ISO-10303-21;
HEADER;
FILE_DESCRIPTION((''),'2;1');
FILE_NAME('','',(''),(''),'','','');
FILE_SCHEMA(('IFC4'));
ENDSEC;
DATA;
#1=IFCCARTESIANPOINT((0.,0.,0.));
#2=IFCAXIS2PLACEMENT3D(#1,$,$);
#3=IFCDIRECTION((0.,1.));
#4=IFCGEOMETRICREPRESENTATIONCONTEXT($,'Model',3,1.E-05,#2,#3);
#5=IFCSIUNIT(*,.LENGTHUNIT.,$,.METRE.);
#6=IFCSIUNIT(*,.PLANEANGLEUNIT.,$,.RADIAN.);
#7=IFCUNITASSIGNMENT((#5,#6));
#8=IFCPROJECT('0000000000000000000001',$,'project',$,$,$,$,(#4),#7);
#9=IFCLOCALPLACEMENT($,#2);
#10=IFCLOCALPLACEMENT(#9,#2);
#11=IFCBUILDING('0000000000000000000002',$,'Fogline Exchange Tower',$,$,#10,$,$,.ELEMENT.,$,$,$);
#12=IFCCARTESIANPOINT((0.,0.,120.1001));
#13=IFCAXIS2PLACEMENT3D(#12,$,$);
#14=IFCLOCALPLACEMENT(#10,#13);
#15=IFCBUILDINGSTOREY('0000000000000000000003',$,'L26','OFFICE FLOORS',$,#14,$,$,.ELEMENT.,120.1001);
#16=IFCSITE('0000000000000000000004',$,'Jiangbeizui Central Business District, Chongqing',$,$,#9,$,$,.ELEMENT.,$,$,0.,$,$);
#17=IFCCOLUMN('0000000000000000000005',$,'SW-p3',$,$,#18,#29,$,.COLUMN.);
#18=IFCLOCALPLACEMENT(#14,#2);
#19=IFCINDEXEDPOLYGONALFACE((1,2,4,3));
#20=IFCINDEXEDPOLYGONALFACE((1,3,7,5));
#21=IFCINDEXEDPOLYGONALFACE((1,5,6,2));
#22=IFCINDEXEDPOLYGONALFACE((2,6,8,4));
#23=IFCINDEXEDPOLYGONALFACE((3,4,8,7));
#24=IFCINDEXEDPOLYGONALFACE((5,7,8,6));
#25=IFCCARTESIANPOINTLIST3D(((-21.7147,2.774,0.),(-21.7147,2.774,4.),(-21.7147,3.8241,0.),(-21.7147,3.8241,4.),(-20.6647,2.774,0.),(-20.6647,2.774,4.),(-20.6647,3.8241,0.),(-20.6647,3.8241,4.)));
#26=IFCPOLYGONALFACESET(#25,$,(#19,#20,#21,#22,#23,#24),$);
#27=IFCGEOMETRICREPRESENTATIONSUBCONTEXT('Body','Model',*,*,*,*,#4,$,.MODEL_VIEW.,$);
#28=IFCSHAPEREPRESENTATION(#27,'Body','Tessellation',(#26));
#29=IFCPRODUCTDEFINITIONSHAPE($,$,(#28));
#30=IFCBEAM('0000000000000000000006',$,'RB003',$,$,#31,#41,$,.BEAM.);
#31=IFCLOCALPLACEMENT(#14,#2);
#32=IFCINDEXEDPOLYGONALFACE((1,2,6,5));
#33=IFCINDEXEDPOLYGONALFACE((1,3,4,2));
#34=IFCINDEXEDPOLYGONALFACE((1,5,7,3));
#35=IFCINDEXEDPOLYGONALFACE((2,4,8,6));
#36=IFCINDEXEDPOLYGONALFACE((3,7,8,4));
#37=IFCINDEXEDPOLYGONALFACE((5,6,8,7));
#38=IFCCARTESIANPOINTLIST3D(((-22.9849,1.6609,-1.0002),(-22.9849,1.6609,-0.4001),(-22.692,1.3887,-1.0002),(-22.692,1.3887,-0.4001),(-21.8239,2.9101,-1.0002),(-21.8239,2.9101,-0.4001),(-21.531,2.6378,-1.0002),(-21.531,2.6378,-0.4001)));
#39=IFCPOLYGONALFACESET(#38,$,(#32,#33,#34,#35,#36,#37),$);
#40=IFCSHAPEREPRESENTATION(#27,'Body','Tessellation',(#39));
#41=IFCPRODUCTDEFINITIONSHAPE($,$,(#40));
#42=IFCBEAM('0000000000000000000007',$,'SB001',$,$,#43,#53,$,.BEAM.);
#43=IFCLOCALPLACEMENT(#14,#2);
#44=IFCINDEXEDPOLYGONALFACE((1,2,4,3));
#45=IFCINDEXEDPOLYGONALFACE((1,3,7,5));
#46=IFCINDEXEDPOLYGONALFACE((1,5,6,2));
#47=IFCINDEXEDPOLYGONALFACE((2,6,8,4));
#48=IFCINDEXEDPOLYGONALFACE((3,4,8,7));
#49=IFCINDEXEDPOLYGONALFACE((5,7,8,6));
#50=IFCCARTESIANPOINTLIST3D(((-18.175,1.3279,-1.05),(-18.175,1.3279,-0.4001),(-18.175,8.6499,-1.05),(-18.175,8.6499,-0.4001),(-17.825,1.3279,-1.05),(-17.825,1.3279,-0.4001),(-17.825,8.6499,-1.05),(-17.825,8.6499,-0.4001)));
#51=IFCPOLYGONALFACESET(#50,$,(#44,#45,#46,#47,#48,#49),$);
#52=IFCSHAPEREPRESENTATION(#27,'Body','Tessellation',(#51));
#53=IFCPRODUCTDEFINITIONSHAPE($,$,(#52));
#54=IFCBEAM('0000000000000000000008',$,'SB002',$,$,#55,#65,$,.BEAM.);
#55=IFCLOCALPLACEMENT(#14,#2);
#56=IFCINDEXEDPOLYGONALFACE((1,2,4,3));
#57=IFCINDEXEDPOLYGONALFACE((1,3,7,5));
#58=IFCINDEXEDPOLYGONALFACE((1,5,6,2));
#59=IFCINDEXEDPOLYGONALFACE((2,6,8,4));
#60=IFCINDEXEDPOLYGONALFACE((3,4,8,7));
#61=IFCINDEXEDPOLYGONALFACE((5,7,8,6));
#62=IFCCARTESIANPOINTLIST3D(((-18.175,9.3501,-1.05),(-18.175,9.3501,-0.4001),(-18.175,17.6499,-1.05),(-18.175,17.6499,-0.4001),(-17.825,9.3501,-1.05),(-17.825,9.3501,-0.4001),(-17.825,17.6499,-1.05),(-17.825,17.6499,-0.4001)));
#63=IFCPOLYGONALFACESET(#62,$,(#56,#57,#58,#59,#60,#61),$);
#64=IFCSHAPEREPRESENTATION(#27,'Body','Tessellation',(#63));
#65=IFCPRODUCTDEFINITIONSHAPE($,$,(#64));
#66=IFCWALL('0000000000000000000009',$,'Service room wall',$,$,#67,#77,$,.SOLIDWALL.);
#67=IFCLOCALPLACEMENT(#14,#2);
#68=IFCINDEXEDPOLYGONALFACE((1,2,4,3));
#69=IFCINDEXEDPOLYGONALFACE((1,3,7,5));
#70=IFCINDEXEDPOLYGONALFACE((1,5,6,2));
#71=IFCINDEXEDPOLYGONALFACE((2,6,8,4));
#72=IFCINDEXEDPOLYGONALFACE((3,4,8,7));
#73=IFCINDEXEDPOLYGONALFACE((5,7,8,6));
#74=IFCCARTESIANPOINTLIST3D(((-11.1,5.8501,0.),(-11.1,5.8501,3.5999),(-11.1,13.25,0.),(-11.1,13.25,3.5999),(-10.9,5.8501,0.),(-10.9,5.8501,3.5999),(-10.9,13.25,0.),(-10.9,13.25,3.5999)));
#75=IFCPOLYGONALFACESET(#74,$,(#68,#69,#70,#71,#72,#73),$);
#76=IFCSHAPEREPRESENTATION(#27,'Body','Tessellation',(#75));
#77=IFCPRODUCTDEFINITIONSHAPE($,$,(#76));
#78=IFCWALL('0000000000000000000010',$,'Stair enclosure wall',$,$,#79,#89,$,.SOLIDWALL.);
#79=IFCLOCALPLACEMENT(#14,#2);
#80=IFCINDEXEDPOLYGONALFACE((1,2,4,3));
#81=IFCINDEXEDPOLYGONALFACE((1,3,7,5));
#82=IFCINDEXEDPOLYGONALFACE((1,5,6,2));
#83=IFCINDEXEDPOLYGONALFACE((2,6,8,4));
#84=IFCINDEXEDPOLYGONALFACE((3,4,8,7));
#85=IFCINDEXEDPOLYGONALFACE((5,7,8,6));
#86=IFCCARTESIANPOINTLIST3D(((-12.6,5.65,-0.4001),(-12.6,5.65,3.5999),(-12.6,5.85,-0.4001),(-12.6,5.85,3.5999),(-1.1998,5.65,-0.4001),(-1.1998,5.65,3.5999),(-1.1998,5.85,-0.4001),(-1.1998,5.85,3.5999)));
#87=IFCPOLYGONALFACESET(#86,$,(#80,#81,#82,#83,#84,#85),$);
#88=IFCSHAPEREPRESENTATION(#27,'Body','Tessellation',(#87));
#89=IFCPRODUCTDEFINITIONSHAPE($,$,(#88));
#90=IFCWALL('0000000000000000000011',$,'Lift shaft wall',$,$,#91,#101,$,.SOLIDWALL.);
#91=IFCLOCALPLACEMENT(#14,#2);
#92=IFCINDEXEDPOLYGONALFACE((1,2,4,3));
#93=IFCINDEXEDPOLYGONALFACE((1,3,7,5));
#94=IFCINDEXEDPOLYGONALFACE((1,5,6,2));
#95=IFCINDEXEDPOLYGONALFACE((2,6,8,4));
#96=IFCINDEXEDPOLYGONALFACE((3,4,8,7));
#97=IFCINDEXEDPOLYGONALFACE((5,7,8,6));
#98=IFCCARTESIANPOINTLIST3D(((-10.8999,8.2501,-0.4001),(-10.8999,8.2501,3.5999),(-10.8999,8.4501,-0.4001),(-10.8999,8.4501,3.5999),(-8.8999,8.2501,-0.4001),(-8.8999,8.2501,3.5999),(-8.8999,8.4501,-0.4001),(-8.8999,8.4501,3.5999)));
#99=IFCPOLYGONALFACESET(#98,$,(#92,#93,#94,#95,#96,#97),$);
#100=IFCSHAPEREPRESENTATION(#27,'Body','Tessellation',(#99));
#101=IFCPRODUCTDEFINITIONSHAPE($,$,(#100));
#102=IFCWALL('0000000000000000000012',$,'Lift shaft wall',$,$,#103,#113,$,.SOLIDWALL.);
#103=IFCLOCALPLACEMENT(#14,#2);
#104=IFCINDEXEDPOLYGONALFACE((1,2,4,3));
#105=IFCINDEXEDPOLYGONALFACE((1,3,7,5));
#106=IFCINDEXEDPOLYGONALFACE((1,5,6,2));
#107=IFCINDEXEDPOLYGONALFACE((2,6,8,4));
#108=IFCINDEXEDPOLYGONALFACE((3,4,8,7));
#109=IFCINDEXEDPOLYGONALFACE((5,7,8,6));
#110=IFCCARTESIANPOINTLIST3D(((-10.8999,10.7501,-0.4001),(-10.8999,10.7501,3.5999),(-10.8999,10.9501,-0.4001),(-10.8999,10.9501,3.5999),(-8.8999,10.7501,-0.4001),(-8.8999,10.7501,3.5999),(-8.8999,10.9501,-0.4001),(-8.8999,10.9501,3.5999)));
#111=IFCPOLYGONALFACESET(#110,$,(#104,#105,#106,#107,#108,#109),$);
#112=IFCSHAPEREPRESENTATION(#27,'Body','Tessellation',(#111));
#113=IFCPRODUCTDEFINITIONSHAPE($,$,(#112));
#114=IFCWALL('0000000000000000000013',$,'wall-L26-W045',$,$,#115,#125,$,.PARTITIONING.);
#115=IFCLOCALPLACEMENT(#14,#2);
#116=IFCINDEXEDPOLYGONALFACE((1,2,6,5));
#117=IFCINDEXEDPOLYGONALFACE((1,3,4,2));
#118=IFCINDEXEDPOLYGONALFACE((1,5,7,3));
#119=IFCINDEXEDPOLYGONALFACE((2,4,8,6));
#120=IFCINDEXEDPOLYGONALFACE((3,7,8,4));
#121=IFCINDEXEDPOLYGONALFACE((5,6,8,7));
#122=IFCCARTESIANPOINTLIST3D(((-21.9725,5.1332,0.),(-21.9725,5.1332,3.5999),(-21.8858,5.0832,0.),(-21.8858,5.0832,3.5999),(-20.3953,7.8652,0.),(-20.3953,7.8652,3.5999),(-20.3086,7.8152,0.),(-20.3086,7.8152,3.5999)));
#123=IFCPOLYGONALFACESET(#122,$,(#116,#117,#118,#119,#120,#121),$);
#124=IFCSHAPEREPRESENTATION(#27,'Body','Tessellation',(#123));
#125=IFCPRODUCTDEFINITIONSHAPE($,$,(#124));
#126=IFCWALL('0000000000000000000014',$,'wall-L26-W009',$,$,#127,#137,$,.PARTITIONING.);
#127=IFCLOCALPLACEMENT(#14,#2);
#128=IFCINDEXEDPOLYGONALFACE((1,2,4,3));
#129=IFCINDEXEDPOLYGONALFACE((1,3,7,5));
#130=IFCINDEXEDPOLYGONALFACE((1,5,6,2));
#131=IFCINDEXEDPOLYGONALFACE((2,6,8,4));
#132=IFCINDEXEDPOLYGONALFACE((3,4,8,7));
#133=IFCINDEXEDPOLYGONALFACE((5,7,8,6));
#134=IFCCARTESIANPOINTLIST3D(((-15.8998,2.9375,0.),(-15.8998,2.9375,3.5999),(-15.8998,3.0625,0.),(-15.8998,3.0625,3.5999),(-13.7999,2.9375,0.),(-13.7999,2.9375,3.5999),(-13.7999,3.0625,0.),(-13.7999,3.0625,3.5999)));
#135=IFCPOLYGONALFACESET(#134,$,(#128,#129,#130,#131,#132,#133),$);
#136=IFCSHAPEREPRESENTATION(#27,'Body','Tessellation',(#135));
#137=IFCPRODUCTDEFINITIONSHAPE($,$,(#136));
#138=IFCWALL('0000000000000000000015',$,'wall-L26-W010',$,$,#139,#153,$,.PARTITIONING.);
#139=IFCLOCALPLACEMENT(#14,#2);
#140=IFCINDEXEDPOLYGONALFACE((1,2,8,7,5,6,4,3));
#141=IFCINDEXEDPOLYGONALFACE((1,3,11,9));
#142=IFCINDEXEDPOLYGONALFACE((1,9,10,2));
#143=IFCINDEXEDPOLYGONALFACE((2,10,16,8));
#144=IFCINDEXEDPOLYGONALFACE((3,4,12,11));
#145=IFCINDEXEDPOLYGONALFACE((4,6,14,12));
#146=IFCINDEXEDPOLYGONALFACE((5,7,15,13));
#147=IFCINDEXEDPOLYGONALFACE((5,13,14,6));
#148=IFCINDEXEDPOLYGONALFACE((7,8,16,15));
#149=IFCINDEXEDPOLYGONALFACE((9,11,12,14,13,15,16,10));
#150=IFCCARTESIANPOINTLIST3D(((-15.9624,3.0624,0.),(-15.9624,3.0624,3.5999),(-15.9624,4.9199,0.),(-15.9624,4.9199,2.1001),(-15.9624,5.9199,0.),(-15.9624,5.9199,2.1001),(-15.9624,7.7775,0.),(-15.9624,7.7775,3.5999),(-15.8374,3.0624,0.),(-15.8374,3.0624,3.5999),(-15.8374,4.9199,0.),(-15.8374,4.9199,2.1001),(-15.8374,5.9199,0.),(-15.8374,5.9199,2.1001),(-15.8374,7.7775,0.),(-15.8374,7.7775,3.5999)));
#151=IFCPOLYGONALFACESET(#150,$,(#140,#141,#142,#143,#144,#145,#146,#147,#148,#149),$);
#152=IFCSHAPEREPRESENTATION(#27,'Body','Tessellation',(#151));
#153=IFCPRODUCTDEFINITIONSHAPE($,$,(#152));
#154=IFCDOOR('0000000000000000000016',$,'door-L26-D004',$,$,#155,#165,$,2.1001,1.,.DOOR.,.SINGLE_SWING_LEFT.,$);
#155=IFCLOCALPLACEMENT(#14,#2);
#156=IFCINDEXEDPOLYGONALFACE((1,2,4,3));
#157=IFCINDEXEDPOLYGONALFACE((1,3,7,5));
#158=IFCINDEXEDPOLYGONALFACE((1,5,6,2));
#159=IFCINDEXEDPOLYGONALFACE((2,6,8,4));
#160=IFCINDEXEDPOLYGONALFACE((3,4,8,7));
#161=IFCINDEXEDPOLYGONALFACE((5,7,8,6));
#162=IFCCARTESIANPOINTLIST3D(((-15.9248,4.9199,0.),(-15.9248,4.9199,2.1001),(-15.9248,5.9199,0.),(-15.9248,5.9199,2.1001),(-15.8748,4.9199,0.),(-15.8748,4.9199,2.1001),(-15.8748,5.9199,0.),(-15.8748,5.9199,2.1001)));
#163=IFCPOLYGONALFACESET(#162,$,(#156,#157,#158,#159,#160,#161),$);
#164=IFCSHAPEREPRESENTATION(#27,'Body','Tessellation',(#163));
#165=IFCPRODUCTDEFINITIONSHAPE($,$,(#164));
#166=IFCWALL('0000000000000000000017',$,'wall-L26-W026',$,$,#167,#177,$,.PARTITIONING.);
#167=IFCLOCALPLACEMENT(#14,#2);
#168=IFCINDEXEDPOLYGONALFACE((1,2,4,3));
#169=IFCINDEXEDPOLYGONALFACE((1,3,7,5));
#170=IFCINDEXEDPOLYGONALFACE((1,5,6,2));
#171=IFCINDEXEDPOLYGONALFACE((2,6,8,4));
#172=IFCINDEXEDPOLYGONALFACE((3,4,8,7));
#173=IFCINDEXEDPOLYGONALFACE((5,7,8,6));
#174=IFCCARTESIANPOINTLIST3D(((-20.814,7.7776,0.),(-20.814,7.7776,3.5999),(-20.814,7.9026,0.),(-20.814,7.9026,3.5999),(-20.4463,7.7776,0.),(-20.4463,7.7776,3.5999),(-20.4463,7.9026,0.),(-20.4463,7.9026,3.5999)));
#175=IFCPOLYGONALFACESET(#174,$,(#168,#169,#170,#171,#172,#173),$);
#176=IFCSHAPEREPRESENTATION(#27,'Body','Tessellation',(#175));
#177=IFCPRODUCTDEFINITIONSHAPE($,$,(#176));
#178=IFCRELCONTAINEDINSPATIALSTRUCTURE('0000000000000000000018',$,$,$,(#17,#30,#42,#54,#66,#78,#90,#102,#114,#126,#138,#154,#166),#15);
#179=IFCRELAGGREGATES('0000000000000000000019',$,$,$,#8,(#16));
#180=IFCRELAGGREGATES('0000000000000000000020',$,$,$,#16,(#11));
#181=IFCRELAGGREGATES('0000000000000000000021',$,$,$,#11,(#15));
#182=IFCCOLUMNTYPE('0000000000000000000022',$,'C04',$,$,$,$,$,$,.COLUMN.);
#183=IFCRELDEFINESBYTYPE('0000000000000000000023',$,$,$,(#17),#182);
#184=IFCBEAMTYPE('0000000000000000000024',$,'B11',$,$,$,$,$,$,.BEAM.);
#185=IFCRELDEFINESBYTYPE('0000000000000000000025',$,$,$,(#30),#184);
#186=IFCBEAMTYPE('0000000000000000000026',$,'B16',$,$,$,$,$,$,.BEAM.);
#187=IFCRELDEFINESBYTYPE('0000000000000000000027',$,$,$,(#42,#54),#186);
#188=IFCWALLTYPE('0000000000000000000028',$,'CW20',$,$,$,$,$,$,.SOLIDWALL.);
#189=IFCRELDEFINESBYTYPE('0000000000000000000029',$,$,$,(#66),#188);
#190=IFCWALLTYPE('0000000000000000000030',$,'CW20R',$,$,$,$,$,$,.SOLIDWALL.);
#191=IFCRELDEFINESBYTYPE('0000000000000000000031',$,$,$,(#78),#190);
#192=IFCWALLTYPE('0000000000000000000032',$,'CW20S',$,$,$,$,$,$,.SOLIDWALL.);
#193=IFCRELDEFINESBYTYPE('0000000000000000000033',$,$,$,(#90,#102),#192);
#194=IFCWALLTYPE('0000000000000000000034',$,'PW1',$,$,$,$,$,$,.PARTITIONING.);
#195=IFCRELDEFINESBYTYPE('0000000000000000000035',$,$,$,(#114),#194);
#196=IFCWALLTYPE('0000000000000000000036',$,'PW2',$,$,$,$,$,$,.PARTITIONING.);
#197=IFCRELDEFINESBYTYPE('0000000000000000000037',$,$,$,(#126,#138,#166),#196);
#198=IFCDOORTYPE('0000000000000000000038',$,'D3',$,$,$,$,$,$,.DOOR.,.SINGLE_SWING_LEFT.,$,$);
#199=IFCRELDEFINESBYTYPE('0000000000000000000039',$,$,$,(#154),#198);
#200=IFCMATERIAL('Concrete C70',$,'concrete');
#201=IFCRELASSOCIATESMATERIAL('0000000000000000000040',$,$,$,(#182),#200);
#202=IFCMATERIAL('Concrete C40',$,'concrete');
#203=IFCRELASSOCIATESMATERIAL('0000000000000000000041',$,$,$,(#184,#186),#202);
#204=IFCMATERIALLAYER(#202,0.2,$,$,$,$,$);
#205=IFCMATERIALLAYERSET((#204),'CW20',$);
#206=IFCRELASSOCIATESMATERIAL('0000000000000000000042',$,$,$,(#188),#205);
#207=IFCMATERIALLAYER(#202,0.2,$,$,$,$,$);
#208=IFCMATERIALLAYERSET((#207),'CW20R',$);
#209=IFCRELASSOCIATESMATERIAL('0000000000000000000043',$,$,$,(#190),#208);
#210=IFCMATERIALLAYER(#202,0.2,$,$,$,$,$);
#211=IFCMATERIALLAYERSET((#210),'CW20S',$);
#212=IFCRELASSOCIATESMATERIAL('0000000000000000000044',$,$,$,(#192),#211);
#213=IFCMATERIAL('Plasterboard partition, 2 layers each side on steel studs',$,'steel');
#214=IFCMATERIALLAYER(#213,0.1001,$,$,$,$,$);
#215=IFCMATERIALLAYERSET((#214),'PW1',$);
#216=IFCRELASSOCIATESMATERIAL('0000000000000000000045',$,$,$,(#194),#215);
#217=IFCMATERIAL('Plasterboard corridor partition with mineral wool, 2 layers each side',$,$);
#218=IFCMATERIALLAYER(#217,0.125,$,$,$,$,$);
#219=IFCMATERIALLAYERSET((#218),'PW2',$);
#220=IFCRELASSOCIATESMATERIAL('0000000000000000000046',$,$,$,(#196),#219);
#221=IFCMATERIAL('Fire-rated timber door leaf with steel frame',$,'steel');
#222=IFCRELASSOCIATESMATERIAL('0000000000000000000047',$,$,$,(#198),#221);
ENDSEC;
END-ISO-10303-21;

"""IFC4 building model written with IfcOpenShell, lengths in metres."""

from ifc_helpers import new_model, si_unit, direction, frame, frame_2d, origin, origin_2d, place, context, subcontext, project, spatial, rectangle, extrude, material, layer, layer_set, material_profile, profile_set, type_object, element, fill, save


model = new_model("IFC4")

# Units and contexts
model_context = context("Model", 3, precision=1e-05, world=origin(), true_north=direction((0.0, 1.0)))
body_context = subcontext(model_context, "Body", "Model", "MODEL_VIEW")
ifc_project = project(units=[si_unit("LENGTHUNIT", "METRE"), si_unit("PLANEANGLEUNIT", "RADIAN")], contexts=[model_context])

# Site, building, storey
site_placement = place(None, origin())
site = spatial("IfcSite", under=ifc_project, at=site_placement, Name="Jiangbeizui Central Business District, Chongqing", CompositionType="ELEMENT", RefElevation=0.0)
building_placement = place(site_placement, origin())
building = spatial("IfcBuilding", under=site, at=building_placement, Name="Fogline Exchange Tower", CompositionType="ELEMENT")
storey_placement = place(building_placement, frame((0.0, 0.0, 120.1001)))
storey = spatial("IfcBuildingStorey", under=building, at=storey_placement, Name="L26", Description="OFFICE FLOORS", CompositionType="ELEMENT", Elevation=120.1001)

# Column
ifc_material_1 = material(Name="Concrete C70", Category="concrete")
ifc_material_profile_1 = material_profile(ifc_material_1, rectangle(XDim=1.05, YDim=1.05, at=origin_2d()), Name="RC 1050x1050")
ifc_profile_set_1 = profile_set([ifc_material_profile_1], Name="Concrete C70")
column_type = type_object("IfcColumnType", Name="C04", PredefinedType="COLUMN", material=ifc_profile_set_1)
column_placement = place(storey_placement, frame((-21.1897, 3.2991, 0.0), z_axis=(0.0, 0.0, 1.0), x_axis=(1.0, 0.0, 0.0)))
element("IfcColumn", 1, at=column_placement, inside=storey, type_object=column_type, Name="SW-p3", PredefinedType="COLUMN", context=body_context, shape_type="SweptSolid", body=[
    extrude(rectangle(XDim=1.05, YDim=1.05, at=origin_2d()), origin(), (0.0, 0.0, 1.0), 4.0),
])

# Beams
ifc_material_2 = material(Name="Concrete C40", Category="concrete")
ifc_material_profile_2 = material_profile(ifc_material_2, rectangle(XDim=0.3999, YDim=0.6001, at=origin_2d()), Name="RC 400x600")
ifc_profile_set_2 = profile_set([ifc_material_profile_2], Name="Concrete C40")
beam_type_1 = type_object("IfcBeamType", Name="B11", PredefinedType="BEAM", material=ifc_profile_set_2)
beam_1_placement = place(storey_placement, frame((-21.6775, 2.7739, -0.7002), z_axis=(-0.680792, -0.732477, 0.0), x_axis=(0.732477, -0.680792, 0.0)))
element("IfcBeam", 2, at=beam_1_placement, inside=storey, type_object=beam_type_1, Name="RB003", PredefinedType="BEAM", context=body_context, shape_type="SweptSolid", body=[
    extrude(rectangle(XDim=0.3999, YDim=0.6001, at=origin_2d()), origin(), (0.0, 0.0, 1.0), 1.7053),
])
ifc_material_profile_3 = material_profile(ifc_material_2, rectangle(XDim=0.3501, YDim=0.6499, at=origin_2d()), Name="RC 350x650")
ifc_profile_set_3 = profile_set([ifc_material_profile_3], Name="Concrete C40")
beam_type_2 = type_object("IfcBeamType", Name="B16", PredefinedType="BEAM", material=ifc_profile_set_3)
beam_2_placement = place(storey_placement, frame((-18.0, 1.3279, -0.7251), z_axis=(0.0, 1.0, 0.0), x_axis=(-1.0, 0.0, 0.0)))
element("IfcBeam", 3, at=beam_2_placement, inside=storey, type_object=beam_type_2, Name="SB001", PredefinedType="BEAM", context=body_context, shape_type="SweptSolid", body=[
    extrude(rectangle(XDim=0.3501, YDim=0.6499, at=origin_2d()), origin(), (0.0, 0.0, 1.0), 7.322),
])
beam_3_placement = place(storey_placement, frame((-18.0, 9.3501, -0.7251), z_axis=(0.0, 1.0, 0.0), x_axis=(-1.0, 0.0, 0.0)))
element("IfcBeam", 4, at=beam_3_placement, inside=storey, type_object=beam_type_2, Name="SB002", PredefinedType="BEAM", context=body_context, shape_type="SweptSolid", body=[
    extrude(rectangle(XDim=0.3501, YDim=0.6499, at=origin_2d()), origin(), (0.0, 0.0, 1.0), 8.2998),
])

# Walls
ifc_layer_1 = layer(ifc_material_2, 0.2)
ifc_layer_set_1 = layer_set([ifc_layer_1], Name="CW20")
wall_type_1 = type_object("IfcWallType", Name="CW20", PredefinedType="SOLIDWALL", material=ifc_layer_set_1)
wall_1_placement = place(storey_placement, frame((-11.0, 5.8501, 0.0), z_axis=(0.0, 0.0, 1.0), x_axis=(0.0, 1.0, 0.0)))
element("IfcWall", 5, at=wall_1_placement, inside=storey, type_object=wall_type_1, Name="Service room wall", PredefinedType="SOLIDWALL", context=body_context, shape_type="SweptSolid", body=[
    extrude(rectangle(XDim=7.3999, YDim=0.2, at=frame_2d((3.7, 0.0))), origin(), (0.0, 0.0, 1.0), 3.5999),
])
ifc_layer_2 = layer(ifc_material_2, 0.2)
ifc_layer_set_2 = layer_set([ifc_layer_2], Name="CW20R")
wall_type_2 = type_object("IfcWallType", Name="CW20R", PredefinedType="SOLIDWALL", material=ifc_layer_set_2)
wall_2_placement = place(storey_placement, frame((-12.6001, 5.75, -0.4001), z_axis=(0.0, 0.0, 1.0), x_axis=(1.0, 0.0, 0.0)))
element("IfcWall", 6, at=wall_2_placement, inside=storey, type_object=wall_type_2, Name="Stair enclosure wall", PredefinedType="SOLIDWALL", context=body_context, shape_type="SweptSolid", body=[
    extrude(rectangle(XDim=11.4001, YDim=0.2, at=frame_2d((5.7002, 0.0))), origin(), (0.0, 0.0, 1.0), 4.0),
])
ifc_layer_3 = layer(ifc_material_2, 0.2)
ifc_layer_set_3 = layer_set([ifc_layer_3], Name="CW20S")
wall_type_3 = type_object("IfcWallType", Name="CW20S", PredefinedType="SOLIDWALL", material=ifc_layer_set_3)
for number, where, z_axis, x_axis, name in (
    (7, (-10.8999, 8.3501, -0.4001), (0.0, 0.0, 1.0), (1.0, 0.0, 0.0), "Lift shaft wall"),
    (8, (-10.8999, 10.8501, -0.4001), (0.0, 0.0, 1.0), (1.0, 0.0, 0.0), "Lift shaft wall"),
):
    element("IfcWall", number, at=place(storey_placement, frame(where, z_axis=z_axis, x_axis=x_axis)), inside=storey, type_object=wall_type_3, Name=name, PredefinedType="SOLIDWALL", context=body_context, shape_type="SweptSolid", body=[
        extrude(rectangle(XDim=2.0, YDim=0.2, at=frame_2d((1.0, 0.0))), origin(), (0.0, 0.0, 1.0), 4.0),
    ])
ifc_material_3 = material(Name="Plasterboard partition, 2 layers each side on steel studs", Category="steel")
ifc_layer_4 = layer(ifc_material_3, 0.1001)
ifc_layer_set_4 = layer_set([ifc_layer_4], Name="PW1")
wall_type_4 = type_object("IfcWallType", Name="PW1", PredefinedType="PARTITIONING", material=ifc_layer_set_4)
wall_3_placement = place(storey_placement, frame((-20.3521, 7.8401, 0.0), z_axis=(0.0, 0.0, 1.0), x_axis=(-0.499968, -0.866044, 0.0)))
element("IfcWall", 9, at=wall_3_placement, inside=storey, type_object=wall_type_4, Name="wall-L26-W045", PredefinedType="PARTITIONING", context=body_context, shape_type="SweptSolid", body=[
    extrude(rectangle(XDim=3.1545, YDim=0.1001, at=frame_2d((1.5771, 0.0))), origin(), (0.0, 0.0, 1.0), 3.5999),
])
ifc_material_4 = material(Name="Plasterboard corridor partition with mineral wool, 2 layers each side")
ifc_layer_5 = layer(ifc_material_4, 0.125)
ifc_layer_set_5 = layer_set([ifc_layer_5], Name="PW2")
wall_type_5 = type_object("IfcWallType", Name="PW2", PredefinedType="PARTITIONING", material=ifc_layer_set_5)
wall_4_placement = place(storey_placement, frame((-13.8, 3.0, 0.0), z_axis=(0.0, 0.0, 1.0), x_axis=(-1.0, 0.0, 0.0)))
element("IfcWall", 10, at=wall_4_placement, inside=storey, type_object=wall_type_5, Name="wall-L26-W009", PredefinedType="PARTITIONING", context=body_context, shape_type="SweptSolid", body=[
    extrude(rectangle(XDim=2.0999, YDim=0.125, at=frame_2d((1.0498, 0.0))), origin(), (0.0, 0.0, 1.0), 3.5999),
])

# Wall, opening, door
wall_5_placement = place(storey_placement, frame((-15.8999, 3.0625, 0.0), z_axis=(0.0, 0.0, 1.0), x_axis=(0.0, 1.0, 0.0)))
wall_5 = element("IfcWall", 11, at=wall_5_placement, inside=storey, type_object=wall_type_5, Name="wall-L26-W010", PredefinedType="PARTITIONING", context=body_context, shape_type="SweptSolid", body=[
    extrude(rectangle(XDim=4.7151, YDim=0.125, at=frame_2d((2.3574, 0.0))), origin(), (0.0, 0.0, 1.0), 3.5999),
])
opening_1_placement = place(wall_5_placement, frame((1.8574, 0.0, 0.0)))
opening_1 = element("IfcOpeningElement", 12, at=opening_1_placement, cuts=wall_5, PredefinedType="OPENING", context=body_context, shape_type="SweptSolid", body=[
    extrude(rectangle(XDim=1.0, YDim=2.1001, at=frame_2d((0.5, 1.05))), frame((0.0, 0.0725, 0.0), z_axis=(0.0, -1.0, 0.0), x_axis=(1.0, 0.0, 0.0)), (0.0, 0.0, 1.0), 0.145),
])
ifc_material_5 = material(Name="Fire-rated timber door leaf with steel frame", Category="steel")
door_type_1 = type_object("IfcDoorType", Name="D3", OperationType="SINGLE_SWING_LEFT", PredefinedType="DOOR", material=ifc_material_5)
door_1_placement = place(opening_1_placement, origin())
door_1 = element("IfcDoor", 13, at=door_1_placement, inside=storey, type_object=door_type_1, Name="door-L26-D004", OperationType="SINGLE_SWING_LEFT", OverallHeight=2.1001, OverallWidth=1.0, PredefinedType="DOOR", context=body_context, shape_type="SweptSolid", body=[
    extrude(rectangle(XDim=1.0, YDim=2.1001, at=frame_2d((0.5, 1.05))), frame((0.0, 0.0249, 0.0), z_axis=(0.0, -1.0, 0.0), x_axis=(1.0, 0.0, 0.0)), (0.0, 0.0, 1.0), 0.05),
])
fill(opening_1, door_1)

# Wall
wall_6_placement = place(storey_placement, frame((-20.4463, 7.8401, 0.0), z_axis=(0.0, 0.0, 1.0), x_axis=(-1.0, 0.0, 0.0)))
element("IfcWall", 14, at=wall_6_placement, inside=storey, type_object=wall_type_5, Name="wall-L26-W026", PredefinedType="PARTITIONING", context=body_context, shape_type="SweptSolid", body=[
    extrude(rectangle(XDim=0.3677, YDim=0.125, at=frame_2d((0.1838, 0.0))), origin(), (0.0, 0.0, 1.0), 3.5999),
])

save(model, "model.ifc")
